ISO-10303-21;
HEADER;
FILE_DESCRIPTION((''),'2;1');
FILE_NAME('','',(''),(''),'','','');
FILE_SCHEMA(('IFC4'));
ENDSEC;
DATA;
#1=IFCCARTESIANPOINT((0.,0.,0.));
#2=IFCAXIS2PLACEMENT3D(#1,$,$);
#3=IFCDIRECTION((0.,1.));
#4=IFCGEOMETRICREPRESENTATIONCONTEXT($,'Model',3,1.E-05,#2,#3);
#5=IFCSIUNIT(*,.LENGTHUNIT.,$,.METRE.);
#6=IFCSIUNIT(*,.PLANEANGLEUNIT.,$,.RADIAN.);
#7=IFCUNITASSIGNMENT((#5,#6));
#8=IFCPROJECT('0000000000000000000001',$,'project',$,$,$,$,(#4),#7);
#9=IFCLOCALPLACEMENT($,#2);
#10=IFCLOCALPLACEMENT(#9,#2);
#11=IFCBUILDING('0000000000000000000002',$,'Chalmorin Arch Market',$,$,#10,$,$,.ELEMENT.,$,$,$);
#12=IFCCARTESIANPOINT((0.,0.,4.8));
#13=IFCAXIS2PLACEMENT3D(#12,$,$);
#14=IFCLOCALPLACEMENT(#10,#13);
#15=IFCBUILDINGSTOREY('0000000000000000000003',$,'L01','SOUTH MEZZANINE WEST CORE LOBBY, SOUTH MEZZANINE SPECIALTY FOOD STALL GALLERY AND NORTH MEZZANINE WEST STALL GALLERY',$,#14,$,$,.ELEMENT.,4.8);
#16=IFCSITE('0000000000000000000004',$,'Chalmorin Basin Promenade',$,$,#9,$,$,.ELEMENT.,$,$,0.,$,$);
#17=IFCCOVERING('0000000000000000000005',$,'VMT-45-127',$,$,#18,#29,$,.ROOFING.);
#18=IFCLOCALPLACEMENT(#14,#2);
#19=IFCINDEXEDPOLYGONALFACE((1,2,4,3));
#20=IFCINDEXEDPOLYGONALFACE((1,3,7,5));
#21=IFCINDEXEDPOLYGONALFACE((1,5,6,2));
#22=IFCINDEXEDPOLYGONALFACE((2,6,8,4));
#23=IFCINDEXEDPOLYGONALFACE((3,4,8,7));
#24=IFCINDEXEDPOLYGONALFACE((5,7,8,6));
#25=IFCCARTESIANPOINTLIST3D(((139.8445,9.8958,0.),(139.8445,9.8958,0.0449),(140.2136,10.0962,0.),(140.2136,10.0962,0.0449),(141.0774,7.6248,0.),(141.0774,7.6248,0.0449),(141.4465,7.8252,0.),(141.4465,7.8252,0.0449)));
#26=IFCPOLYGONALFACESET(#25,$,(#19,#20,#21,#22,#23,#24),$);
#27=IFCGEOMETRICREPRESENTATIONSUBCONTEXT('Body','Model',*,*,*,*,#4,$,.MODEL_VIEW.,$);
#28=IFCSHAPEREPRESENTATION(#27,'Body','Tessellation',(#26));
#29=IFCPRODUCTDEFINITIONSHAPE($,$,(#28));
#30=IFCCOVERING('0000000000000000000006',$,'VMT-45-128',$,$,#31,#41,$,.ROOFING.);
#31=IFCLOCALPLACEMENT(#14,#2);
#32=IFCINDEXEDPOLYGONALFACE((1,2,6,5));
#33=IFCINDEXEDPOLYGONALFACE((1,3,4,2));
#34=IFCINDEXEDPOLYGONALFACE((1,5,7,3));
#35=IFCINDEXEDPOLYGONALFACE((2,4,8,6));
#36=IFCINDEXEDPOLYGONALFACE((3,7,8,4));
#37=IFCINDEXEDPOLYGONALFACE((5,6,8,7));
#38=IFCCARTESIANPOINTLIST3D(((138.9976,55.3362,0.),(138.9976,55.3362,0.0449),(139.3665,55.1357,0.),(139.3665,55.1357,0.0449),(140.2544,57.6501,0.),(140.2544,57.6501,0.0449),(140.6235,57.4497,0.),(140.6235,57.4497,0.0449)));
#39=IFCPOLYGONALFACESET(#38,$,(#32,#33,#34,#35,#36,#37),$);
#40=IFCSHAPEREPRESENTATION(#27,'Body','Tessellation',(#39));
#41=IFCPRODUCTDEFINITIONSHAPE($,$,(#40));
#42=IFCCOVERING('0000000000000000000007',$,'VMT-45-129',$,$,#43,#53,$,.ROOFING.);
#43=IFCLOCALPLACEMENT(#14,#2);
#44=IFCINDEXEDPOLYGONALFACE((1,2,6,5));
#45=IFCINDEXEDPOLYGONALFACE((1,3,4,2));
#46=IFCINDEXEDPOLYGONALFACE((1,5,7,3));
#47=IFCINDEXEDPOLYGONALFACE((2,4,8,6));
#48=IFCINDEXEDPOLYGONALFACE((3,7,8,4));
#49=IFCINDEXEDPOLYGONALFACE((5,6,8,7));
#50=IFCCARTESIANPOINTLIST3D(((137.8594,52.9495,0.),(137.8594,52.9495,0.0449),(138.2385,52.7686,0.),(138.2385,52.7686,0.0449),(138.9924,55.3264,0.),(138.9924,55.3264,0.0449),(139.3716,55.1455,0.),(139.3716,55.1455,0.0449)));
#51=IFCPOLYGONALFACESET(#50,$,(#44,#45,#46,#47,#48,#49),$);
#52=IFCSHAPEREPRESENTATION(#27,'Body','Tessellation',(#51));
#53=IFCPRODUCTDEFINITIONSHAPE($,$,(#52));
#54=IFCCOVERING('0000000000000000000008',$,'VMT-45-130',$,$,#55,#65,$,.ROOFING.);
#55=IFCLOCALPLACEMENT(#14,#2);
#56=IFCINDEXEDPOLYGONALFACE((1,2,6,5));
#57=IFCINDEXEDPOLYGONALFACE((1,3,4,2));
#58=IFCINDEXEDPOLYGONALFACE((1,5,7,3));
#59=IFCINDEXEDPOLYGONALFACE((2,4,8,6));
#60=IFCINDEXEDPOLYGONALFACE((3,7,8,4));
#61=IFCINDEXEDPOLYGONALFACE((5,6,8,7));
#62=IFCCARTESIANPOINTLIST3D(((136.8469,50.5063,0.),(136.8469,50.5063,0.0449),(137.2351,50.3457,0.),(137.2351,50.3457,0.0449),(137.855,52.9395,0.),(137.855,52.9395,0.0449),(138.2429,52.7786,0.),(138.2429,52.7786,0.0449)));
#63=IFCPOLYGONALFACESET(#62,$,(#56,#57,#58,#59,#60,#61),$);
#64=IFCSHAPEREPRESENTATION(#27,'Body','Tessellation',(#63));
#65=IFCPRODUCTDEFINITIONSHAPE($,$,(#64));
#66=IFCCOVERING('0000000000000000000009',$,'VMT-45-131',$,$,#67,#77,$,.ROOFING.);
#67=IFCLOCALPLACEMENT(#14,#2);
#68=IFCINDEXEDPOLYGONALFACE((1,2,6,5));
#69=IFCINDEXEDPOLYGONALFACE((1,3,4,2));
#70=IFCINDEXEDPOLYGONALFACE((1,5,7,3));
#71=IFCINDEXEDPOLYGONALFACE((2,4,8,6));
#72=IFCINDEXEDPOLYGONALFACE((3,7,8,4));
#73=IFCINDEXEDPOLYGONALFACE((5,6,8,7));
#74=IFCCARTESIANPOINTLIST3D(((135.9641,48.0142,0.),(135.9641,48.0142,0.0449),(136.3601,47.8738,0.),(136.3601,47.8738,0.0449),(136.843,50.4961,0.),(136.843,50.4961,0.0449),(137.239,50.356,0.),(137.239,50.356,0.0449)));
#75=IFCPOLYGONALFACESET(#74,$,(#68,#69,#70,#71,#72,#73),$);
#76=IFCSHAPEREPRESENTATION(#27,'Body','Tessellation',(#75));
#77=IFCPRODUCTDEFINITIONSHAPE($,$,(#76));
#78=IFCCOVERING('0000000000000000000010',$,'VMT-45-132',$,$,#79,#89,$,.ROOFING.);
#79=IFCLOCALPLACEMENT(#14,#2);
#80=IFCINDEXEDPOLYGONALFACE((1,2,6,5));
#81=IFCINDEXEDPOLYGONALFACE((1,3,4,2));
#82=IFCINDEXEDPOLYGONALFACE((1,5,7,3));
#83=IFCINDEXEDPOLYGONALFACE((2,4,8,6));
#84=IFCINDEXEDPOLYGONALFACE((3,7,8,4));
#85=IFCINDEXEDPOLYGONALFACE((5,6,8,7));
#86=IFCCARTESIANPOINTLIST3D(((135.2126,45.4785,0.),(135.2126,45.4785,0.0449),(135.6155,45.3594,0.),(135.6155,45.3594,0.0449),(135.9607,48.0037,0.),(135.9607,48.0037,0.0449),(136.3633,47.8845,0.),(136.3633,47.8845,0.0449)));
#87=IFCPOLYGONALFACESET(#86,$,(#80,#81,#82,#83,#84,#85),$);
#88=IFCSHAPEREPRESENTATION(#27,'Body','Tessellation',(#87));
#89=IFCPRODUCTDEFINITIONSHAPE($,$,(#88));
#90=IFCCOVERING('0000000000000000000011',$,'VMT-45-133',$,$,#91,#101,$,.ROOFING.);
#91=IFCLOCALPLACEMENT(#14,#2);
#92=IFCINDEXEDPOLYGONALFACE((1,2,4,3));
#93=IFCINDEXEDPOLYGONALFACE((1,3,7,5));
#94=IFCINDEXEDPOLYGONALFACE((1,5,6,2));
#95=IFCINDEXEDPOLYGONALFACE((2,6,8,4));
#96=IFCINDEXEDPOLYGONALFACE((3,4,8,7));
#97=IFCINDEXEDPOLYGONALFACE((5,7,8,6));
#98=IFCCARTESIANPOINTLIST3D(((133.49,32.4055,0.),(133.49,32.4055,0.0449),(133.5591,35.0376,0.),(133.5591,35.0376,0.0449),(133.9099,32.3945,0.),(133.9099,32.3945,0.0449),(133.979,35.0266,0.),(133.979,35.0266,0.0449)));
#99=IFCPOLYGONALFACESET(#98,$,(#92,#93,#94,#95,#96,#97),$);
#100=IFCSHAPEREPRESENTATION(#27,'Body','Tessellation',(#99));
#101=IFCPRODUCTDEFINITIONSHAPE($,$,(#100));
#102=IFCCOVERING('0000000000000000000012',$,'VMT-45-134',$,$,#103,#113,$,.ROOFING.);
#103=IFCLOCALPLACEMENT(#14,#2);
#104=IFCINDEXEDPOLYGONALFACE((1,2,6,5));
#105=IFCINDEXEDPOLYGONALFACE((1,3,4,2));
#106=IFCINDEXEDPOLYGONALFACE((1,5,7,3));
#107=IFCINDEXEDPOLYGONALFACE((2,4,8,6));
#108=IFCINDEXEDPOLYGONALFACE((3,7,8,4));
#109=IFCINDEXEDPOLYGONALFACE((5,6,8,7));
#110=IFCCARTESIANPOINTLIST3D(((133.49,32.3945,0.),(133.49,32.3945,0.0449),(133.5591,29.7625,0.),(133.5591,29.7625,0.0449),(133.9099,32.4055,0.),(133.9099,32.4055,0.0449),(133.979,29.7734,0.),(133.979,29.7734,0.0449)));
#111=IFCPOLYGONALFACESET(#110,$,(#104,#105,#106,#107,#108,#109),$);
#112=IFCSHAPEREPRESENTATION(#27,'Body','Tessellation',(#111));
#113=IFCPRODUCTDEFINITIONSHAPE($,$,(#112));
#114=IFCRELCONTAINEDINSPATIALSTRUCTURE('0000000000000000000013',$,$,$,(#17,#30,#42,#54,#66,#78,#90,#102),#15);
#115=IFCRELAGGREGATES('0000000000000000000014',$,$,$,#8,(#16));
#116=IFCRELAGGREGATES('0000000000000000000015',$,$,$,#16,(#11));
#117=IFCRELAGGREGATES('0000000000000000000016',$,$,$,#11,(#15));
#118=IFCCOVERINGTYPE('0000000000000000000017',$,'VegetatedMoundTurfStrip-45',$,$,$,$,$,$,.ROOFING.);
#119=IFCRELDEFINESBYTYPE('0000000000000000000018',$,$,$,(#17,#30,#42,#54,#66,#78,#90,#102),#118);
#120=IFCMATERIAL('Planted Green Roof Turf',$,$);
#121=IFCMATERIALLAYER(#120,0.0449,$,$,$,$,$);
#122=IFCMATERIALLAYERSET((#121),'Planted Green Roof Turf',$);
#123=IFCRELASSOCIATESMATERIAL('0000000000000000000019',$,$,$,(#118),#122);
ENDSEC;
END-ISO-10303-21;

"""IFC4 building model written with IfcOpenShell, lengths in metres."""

from ifc_helpers import new_model, si_unit, direction, frame, origin, place, context, subcontext, project, spatial, polyline, outline, extrude, material, layer, layer_set, type_object, element, save


model = new_model("IFC4")

# Units and contexts
model_context = context("Model", 3, precision=1e-05, world=origin(), true_north=direction((0.0, 1.0)))
body_context = subcontext(model_context, "Body", "Model", "MODEL_VIEW")
ifc_project = project(units=[si_unit("LENGTHUNIT", "METRE"), si_unit("PLANEANGLEUNIT", "RADIAN")], contexts=[model_context])

# Site, building, storey
site_placement = place(None, origin())
site = spatial("IfcSite", under=ifc_project, at=site_placement, Name="Chalmorin Basin Promenade", CompositionType="ELEMENT", RefElevation=0.0)
building_placement = place(site_placement, origin())
building = spatial("IfcBuilding", under=site, at=building_placement, Name="Chalmorin Arch Market", CompositionType="ELEMENT")
storey_placement = place(building_placement, frame((0.0, 0.0, 4.8)))
storey = spatial("IfcBuildingStorey", under=building, at=storey_placement, Name="L01", Description="SOUTH MEZZANINE WEST CORE LOBBY, SOUTH MEZZANINE SPECIALTY FOOD STALL GALLERY AND NORTH MEZZANINE WEST STALL GALLERY", CompositionType="ELEMENT", Elevation=4.8)

# Coverings
ifc_material = material(Name="Planted Green Roof Turf")
ifc_layer = layer(ifc_material, 0.0449)
ifc_layer_set = layer_set([ifc_layer], Name="Planted Green Roof Turf")
covering_type = type_object("IfcCoveringType", Name="VegetatedMoundTurfStrip-45", PredefinedType="ROOFING", material=ifc_layer_set)
covering_1_placement = place(storey_placement, origin())
element("IfcCovering", 1, at=covering_1_placement, inside=storey, type_object=covering_type, Name="VMT-45-127", PredefinedType="ROOFING", context=body_context, shape_type="SweptSolid", body=[
    extrude(outline(polyline([(139.8445, 9.8958), (141.0774, 7.6248), (141.4465, 7.8252), (140.2136, 10.0962), (139.8445, 9.8958)])), origin(), (0.0, 0.0, 1.0), 0.0449),
])
covering_2_placement = place(storey_placement, origin())
element("IfcCovering", 2, at=covering_2_placement, inside=storey, type_object=covering_type, Name="VMT-45-128", PredefinedType="ROOFING", context=body_context, shape_type="SweptSolid", body=[
    extrude(outline(polyline([(140.2544, 57.6501), (138.9976, 55.3362), (139.3665, 55.1357), (140.6235, 57.4497), (140.2544, 57.6501)])), origin(), (0.0, 0.0, 1.0), 0.0449),
])
covering_3_placement = place(storey_placement, origin())
element("IfcCovering", 3, at=covering_3_placement, inside=storey, type_object=covering_type, Name="VMT-45-129", PredefinedType="ROOFING", context=body_context, shape_type="SweptSolid", body=[
    extrude(outline(polyline([(138.9924, 55.3264), (137.8594, 52.9495), (138.2385, 52.7686), (139.3716, 55.1455), (138.9924, 55.3264)])), origin(), (0.0, 0.0, 1.0), 0.0449),
])
covering_4_placement = place(storey_placement, origin())
element("IfcCovering", 4, at=covering_4_placement, inside=storey, type_object=covering_type, Name="VMT-45-130", PredefinedType="ROOFING", context=body_context, shape_type="SweptSolid", body=[
    extrude(outline(polyline([(137.855, 52.9395), (136.8469, 50.5063), (137.2351, 50.3457), (138.2429, 52.7786), (137.855, 52.9395)])), origin(), (0.0, 0.0, 1.0), 0.0449),
])
covering_5_placement = place(storey_placement, origin())
element("IfcCovering", 5, at=covering_5_placement, inside=storey, type_object=covering_type, Name="VMT-45-131", PredefinedType="ROOFING", context=body_context, shape_type="SweptSolid", body=[
    extrude(outline(polyline([(136.843, 50.4961), (135.9641, 48.0142), (136.3601, 47.8738), (137.239, 50.356), (136.843, 50.4961)])), origin(), (0.0, 0.0, 1.0), 0.0449),
])
covering_6_placement = place(storey_placement, origin())
element("IfcCovering", 6, at=covering_6_placement, inside=storey, type_object=covering_type, Name="VMT-45-132", PredefinedType="ROOFING", context=body_context, shape_type="SweptSolid", body=[
    extrude(outline(polyline([(135.9607, 48.0037), (135.2126, 45.4785), (135.6155, 45.3594), (136.3633, 47.8845), (135.9607, 48.0037)])), origin(), (0.0, 0.0, 1.0), 0.0449),
])
covering_7_placement = place(storey_placement, origin())
element("IfcCovering", 7, at=covering_7_placement, inside=storey, type_object=covering_type, Name="VMT-45-133", PredefinedType="ROOFING", context=body_context, shape_type="SweptSolid", body=[
    extrude(outline(polyline([(133.5591, 35.0376), (133.49, 32.4055), (133.9099, 32.3945), (133.979, 35.0266), (133.5591, 35.0376)])), origin(), (0.0, 0.0, 1.0), 0.0449),
])
covering_8_placement = place(storey_placement, origin())
element("IfcCovering", 8, at=covering_8_placement, inside=storey, type_object=covering_type, Name="VMT-45-134", PredefinedType="ROOFING", context=body_context, shape_type="SweptSolid", body=[
    extrude(outline(polyline([(133.49, 32.3945), (133.5591, 29.7625), (133.979, 29.7734), (133.9099, 32.4055), (133.49, 32.3945)])), origin(), (0.0, 0.0, 1.0), 0.0449),
])

save(model, "model.ifc")
